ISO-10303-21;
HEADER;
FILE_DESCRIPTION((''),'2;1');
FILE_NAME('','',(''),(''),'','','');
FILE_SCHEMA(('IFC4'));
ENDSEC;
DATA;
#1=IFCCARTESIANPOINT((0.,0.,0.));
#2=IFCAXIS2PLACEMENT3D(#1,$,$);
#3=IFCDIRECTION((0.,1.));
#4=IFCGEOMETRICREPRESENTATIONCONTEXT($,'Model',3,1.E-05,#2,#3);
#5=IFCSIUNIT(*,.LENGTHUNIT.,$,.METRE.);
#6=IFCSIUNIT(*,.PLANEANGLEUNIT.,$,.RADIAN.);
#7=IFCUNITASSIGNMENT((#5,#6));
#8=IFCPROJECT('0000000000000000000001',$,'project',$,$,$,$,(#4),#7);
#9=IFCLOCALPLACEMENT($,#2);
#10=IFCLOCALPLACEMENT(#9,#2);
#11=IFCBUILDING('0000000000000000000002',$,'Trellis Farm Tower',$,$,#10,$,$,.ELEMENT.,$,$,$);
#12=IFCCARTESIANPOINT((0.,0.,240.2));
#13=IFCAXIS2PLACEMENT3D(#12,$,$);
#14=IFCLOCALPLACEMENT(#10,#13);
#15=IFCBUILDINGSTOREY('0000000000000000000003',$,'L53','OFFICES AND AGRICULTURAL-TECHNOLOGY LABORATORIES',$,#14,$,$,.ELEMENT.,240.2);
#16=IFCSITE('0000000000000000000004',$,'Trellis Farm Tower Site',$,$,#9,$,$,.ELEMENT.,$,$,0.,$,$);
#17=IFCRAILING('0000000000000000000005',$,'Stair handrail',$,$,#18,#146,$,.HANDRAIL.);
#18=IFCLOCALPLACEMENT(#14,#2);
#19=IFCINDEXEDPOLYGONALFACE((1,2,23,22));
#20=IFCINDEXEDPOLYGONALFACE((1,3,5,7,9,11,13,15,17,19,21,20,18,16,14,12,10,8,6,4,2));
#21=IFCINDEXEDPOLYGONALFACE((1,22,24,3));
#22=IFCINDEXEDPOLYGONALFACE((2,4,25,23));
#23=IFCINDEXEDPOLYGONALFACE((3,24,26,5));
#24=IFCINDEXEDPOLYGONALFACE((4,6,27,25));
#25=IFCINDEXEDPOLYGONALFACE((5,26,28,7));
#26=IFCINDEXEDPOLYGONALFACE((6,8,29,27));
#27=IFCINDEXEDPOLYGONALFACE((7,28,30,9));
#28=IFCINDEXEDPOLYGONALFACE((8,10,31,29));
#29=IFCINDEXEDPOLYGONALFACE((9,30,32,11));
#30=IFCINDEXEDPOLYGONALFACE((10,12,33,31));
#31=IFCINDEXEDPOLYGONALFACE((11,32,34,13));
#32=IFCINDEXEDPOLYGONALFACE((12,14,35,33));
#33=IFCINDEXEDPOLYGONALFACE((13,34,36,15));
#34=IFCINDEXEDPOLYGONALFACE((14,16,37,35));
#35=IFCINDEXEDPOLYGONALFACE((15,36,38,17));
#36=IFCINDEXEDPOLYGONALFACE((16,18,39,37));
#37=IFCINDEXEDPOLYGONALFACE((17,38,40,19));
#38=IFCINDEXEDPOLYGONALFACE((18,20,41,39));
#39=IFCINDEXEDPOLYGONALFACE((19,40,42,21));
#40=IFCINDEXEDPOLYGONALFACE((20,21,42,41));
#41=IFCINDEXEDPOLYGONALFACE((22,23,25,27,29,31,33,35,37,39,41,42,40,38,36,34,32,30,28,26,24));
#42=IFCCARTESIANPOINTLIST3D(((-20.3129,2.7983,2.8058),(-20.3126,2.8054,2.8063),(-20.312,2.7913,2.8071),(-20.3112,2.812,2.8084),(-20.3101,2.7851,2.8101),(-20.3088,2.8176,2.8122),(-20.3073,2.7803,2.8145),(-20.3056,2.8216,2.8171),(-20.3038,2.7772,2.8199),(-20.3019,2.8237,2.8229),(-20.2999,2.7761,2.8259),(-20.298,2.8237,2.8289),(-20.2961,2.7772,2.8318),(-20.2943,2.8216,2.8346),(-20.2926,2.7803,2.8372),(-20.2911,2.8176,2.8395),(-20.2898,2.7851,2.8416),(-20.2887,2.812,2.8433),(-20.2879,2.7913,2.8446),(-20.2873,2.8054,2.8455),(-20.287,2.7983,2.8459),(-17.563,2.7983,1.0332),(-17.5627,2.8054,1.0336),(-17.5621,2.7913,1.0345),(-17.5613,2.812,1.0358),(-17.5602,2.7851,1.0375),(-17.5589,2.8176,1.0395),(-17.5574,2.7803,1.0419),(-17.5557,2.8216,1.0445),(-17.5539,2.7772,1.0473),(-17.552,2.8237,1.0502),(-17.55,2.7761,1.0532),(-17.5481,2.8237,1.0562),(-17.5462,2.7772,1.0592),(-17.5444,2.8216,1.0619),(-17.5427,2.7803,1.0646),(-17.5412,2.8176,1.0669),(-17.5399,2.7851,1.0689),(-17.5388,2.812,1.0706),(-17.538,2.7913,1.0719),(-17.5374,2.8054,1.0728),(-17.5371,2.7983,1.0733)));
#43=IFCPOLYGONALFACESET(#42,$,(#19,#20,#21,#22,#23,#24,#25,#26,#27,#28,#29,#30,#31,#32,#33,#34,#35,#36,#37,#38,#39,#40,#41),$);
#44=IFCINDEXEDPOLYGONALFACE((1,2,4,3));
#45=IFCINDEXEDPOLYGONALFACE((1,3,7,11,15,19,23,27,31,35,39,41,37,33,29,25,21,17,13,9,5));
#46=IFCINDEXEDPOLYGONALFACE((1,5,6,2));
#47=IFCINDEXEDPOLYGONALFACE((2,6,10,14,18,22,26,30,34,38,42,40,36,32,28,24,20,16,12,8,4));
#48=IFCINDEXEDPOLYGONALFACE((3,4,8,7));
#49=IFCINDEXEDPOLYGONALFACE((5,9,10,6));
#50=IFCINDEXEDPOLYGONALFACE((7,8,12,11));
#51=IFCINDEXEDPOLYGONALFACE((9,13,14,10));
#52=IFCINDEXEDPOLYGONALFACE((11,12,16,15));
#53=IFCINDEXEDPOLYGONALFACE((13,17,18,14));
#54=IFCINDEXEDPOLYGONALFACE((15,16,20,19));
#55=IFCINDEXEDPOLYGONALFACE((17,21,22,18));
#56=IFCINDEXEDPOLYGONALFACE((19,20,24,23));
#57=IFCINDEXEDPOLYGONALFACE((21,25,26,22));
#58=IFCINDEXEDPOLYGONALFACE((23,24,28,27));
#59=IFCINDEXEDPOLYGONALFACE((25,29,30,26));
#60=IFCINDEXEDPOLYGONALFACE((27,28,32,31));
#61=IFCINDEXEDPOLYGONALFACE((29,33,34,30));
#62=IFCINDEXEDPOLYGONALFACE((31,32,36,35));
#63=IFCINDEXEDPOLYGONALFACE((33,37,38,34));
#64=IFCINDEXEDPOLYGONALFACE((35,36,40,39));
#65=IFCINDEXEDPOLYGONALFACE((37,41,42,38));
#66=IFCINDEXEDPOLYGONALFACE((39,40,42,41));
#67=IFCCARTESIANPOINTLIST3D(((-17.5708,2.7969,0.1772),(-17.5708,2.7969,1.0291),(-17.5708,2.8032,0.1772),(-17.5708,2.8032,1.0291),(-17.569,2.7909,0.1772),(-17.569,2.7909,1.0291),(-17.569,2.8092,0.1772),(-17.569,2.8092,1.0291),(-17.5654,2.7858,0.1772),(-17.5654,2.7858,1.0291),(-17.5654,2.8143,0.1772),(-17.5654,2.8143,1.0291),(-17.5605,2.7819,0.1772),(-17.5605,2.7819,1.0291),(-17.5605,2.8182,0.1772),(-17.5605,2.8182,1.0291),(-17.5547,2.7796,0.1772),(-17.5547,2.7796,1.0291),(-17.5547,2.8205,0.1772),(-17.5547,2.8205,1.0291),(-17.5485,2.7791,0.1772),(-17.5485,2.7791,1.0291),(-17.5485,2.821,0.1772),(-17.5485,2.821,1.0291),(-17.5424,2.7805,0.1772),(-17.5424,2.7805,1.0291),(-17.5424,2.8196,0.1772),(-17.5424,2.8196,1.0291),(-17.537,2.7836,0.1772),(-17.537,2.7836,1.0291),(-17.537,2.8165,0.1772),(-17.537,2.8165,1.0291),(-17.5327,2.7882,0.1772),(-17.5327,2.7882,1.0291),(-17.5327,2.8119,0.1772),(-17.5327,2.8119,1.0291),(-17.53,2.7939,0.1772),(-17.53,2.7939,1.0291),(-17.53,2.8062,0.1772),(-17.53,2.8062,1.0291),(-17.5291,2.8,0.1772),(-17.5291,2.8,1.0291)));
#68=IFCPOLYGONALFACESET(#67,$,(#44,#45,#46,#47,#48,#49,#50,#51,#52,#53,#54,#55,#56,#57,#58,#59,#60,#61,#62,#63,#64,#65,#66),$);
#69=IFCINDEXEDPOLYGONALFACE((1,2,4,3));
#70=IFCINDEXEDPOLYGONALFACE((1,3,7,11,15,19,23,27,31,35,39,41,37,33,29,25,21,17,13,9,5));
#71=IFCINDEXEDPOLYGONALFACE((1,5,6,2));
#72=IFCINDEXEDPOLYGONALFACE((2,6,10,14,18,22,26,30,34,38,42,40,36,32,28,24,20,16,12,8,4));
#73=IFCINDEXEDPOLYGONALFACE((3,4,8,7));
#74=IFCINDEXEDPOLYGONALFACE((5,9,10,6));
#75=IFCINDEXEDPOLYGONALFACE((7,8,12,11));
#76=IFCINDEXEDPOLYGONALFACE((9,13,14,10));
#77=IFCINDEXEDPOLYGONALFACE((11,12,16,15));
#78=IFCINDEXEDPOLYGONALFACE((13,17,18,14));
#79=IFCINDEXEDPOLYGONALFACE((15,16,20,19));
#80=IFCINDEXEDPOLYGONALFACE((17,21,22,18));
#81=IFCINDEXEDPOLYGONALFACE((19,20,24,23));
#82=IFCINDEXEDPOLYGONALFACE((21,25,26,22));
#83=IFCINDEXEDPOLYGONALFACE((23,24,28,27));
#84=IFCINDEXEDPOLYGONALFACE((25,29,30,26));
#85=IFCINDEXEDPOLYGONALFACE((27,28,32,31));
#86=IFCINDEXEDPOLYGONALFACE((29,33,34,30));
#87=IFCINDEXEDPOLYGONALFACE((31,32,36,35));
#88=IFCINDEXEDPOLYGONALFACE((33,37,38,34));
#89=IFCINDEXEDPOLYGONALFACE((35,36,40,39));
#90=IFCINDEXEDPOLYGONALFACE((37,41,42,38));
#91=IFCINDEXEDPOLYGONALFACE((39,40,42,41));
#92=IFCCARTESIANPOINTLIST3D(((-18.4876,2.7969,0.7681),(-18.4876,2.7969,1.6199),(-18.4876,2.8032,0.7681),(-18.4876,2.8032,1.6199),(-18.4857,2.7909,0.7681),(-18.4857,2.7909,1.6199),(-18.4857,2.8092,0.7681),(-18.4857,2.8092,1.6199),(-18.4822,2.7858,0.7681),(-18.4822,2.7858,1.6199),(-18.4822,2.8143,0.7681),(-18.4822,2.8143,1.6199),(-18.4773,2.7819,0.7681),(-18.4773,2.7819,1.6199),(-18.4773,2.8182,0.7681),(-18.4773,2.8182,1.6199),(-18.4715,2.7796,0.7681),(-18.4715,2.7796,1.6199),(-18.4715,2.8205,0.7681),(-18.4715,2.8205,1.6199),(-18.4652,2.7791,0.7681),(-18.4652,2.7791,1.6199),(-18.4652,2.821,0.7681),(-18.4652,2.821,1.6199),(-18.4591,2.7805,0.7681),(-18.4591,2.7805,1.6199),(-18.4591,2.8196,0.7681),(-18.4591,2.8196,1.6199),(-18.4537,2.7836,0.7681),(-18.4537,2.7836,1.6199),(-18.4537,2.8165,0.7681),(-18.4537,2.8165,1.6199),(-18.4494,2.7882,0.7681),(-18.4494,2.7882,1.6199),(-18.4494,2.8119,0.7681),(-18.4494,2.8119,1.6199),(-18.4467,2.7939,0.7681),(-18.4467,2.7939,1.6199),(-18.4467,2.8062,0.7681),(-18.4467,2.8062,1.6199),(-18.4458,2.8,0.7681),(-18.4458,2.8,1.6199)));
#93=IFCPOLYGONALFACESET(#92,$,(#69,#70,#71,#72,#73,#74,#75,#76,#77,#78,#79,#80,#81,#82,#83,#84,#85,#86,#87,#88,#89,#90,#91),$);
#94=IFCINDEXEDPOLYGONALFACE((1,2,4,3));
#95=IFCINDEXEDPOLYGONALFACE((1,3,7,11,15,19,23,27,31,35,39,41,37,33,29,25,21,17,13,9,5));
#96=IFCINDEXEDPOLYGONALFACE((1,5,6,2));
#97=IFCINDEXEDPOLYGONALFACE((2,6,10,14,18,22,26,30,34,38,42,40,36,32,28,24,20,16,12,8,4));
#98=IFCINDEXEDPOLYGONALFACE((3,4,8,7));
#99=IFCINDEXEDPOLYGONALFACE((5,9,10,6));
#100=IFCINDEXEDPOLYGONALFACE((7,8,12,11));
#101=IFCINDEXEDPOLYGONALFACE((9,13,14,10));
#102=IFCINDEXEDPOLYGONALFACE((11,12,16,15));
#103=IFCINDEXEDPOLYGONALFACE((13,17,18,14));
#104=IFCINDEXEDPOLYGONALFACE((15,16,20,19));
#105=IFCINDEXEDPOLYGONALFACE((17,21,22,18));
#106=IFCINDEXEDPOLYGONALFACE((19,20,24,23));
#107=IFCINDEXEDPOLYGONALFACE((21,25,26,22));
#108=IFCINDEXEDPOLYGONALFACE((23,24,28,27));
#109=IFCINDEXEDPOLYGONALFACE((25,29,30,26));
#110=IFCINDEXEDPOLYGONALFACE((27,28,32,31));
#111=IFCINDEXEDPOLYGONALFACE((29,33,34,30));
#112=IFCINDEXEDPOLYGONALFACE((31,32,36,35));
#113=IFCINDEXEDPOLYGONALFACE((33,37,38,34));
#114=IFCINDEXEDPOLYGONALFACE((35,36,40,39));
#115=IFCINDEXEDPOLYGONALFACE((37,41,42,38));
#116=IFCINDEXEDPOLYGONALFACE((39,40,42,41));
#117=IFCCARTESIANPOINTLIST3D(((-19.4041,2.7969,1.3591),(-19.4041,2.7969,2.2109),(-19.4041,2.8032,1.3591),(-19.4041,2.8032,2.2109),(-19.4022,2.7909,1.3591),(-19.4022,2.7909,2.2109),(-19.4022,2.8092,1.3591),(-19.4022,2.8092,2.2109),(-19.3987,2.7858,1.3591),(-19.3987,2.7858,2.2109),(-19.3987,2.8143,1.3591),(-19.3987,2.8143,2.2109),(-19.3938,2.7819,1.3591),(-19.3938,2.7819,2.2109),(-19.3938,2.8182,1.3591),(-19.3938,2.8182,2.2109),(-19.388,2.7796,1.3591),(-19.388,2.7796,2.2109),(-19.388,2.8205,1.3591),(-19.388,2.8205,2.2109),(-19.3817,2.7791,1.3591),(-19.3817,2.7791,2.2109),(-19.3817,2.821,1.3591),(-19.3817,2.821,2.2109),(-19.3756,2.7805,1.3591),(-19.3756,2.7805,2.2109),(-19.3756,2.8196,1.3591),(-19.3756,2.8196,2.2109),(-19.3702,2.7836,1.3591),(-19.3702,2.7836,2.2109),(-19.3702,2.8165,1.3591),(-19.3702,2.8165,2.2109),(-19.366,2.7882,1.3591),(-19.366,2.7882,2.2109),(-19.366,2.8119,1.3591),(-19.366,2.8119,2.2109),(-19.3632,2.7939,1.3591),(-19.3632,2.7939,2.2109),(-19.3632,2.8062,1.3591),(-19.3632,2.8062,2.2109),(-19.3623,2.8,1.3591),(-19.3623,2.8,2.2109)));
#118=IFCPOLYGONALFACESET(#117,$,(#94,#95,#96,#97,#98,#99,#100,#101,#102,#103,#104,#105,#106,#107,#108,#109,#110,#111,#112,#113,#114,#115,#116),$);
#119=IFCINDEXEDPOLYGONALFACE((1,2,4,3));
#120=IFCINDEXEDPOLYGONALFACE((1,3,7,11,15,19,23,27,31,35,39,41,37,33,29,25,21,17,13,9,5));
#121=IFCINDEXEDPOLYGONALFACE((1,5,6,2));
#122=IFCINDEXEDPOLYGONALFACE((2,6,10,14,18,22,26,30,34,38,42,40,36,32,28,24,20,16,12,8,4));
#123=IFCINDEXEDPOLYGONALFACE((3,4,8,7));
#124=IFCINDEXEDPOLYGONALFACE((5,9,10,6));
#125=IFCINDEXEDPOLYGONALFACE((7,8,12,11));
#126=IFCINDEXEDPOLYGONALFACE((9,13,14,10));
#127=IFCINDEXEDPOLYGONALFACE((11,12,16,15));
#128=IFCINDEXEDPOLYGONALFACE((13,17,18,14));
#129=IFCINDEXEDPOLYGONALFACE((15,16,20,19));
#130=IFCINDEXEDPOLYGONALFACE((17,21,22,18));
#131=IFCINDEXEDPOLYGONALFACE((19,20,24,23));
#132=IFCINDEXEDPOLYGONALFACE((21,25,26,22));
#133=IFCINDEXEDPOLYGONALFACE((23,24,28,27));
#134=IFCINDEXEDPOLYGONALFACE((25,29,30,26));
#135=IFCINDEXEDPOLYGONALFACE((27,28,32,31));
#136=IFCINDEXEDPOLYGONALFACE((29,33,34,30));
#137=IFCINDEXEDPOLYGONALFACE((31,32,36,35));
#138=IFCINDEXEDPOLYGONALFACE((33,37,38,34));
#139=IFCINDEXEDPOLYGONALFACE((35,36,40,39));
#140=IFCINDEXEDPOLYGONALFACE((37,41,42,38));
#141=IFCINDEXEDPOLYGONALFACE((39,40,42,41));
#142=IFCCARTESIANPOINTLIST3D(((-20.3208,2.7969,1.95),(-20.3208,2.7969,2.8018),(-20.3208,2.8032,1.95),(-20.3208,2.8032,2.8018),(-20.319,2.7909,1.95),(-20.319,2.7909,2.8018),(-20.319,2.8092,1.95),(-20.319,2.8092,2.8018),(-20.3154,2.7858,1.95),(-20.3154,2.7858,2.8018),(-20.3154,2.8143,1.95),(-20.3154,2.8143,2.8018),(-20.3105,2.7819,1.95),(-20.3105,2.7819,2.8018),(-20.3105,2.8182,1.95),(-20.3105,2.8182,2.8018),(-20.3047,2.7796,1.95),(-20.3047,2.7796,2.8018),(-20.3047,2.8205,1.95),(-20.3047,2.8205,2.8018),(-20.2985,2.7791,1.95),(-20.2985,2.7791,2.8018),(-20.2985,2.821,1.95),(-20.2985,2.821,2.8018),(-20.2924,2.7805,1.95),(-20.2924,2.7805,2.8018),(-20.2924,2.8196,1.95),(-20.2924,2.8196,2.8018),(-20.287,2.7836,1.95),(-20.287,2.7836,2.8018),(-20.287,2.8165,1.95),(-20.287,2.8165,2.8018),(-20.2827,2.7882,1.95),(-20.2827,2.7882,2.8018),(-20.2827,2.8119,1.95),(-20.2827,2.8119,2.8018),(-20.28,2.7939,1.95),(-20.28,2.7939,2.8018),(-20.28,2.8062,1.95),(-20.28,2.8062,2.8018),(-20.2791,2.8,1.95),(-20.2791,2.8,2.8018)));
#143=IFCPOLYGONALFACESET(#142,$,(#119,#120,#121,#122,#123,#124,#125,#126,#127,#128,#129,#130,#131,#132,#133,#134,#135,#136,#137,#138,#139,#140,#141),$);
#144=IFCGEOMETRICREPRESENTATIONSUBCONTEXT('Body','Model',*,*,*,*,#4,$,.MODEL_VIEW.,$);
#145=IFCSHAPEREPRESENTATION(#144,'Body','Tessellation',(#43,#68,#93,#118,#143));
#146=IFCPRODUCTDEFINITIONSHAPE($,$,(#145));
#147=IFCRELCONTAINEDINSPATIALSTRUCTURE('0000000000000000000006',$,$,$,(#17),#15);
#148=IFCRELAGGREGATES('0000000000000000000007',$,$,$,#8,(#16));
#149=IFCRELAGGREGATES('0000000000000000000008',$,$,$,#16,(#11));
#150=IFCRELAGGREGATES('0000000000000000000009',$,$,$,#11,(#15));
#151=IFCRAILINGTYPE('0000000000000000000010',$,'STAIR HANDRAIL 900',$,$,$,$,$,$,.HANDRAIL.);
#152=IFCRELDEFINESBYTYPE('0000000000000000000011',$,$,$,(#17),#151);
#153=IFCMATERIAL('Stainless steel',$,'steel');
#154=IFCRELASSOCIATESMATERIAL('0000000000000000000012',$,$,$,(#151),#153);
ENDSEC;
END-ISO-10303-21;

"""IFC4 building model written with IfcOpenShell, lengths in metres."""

from ifc_helpers import new_model, si_unit, direction, frame, origin, origin_2d, place, context, subcontext, project, spatial, circle, extrude, source, transform, mapped, material, type_object, element, save


model = new_model("IFC4")

# Units and contexts
model_context = context("Model", 3, precision=1e-05, world=origin(), true_north=direction((0.0, 1.0)))
body_context = subcontext(model_context, "Body", "Model", "MODEL_VIEW")
ifc_project = project(units=[si_unit("LENGTHUNIT", "METRE"), si_unit("PLANEANGLEUNIT", "RADIAN")], contexts=[model_context])

# Site, building, storey
site_placement = place(None, origin())
site = spatial("IfcSite", under=ifc_project, at=site_placement, Name="Trellis Farm Tower Site", CompositionType="ELEMENT", RefElevation=0.0)
building_placement = place(site_placement, origin())
building = spatial("IfcBuilding", under=site, at=building_placement, Name="Trellis Farm Tower", CompositionType="ELEMENT")
storey_placement = place(building_placement, frame((0.0, 0.0, 240.2)))
storey = spatial("IfcBuildingStorey", under=building, at=storey_placement, Name="L53", Description="OFFICES AND AGRICULTURAL-TECHNOLOGY LABORATORIES", CompositionType="ELEMENT", Elevation=240.2)

# Railing
ifc_material_1 = material(Name="Stainless steel", Category="steel")
railing_type = type_object("IfcRailingType", Name="STAIR HANDRAIL 900", PredefinedType="HANDRAIL", material=ifc_material_1)
shared_shape_1 = source(origin(), body_context, "Body", "SweptSolid", [
    extrude(circle(Radius=0.0239, at=origin_2d()), frame((0.0, 0.0, 0.876), z_axis=(-0.840504, 0.0, 0.541806), x_axis=(0.0, -1.0, 0.0)), (0.0, 0.0, 1.0), 3.2717),
    extrude(circle(Radius=0.021, at=origin_2d()), origin(), (0.0, 0.0, 1.0), 0.8518),
    extrude(circle(Radius=0.021, at=origin_2d()), frame((-0.9167, 0.0, 0.5908)), (0.0, 0.0, 1.0), 0.8518),
    extrude(circle(Radius=0.021, at=origin_2d()), frame((-1.8333, 0.0, 1.1819)), (0.0, 0.0, 1.0), 0.8518),
    extrude(circle(Radius=0.021, at=origin_2d()), frame((-2.75, 0.0, 1.7727)), (0.0, 0.0, 1.0), 0.8518),
])
for number, where, name in (
    (1, (-17.55, 2.8, 0.1772), "Stair handrail"),
):
    element("IfcRailing", number, at=place(storey_placement, frame(where)), inside=storey, type_object=railing_type, Name=name, PredefinedType="HANDRAIL", context=body_context, shape_type="MappedRepresentation", body=[
        mapped(shared_shape_1, transform((0.0, 0.0, 0.0))),
    ])

save(model, "model.ifc")
